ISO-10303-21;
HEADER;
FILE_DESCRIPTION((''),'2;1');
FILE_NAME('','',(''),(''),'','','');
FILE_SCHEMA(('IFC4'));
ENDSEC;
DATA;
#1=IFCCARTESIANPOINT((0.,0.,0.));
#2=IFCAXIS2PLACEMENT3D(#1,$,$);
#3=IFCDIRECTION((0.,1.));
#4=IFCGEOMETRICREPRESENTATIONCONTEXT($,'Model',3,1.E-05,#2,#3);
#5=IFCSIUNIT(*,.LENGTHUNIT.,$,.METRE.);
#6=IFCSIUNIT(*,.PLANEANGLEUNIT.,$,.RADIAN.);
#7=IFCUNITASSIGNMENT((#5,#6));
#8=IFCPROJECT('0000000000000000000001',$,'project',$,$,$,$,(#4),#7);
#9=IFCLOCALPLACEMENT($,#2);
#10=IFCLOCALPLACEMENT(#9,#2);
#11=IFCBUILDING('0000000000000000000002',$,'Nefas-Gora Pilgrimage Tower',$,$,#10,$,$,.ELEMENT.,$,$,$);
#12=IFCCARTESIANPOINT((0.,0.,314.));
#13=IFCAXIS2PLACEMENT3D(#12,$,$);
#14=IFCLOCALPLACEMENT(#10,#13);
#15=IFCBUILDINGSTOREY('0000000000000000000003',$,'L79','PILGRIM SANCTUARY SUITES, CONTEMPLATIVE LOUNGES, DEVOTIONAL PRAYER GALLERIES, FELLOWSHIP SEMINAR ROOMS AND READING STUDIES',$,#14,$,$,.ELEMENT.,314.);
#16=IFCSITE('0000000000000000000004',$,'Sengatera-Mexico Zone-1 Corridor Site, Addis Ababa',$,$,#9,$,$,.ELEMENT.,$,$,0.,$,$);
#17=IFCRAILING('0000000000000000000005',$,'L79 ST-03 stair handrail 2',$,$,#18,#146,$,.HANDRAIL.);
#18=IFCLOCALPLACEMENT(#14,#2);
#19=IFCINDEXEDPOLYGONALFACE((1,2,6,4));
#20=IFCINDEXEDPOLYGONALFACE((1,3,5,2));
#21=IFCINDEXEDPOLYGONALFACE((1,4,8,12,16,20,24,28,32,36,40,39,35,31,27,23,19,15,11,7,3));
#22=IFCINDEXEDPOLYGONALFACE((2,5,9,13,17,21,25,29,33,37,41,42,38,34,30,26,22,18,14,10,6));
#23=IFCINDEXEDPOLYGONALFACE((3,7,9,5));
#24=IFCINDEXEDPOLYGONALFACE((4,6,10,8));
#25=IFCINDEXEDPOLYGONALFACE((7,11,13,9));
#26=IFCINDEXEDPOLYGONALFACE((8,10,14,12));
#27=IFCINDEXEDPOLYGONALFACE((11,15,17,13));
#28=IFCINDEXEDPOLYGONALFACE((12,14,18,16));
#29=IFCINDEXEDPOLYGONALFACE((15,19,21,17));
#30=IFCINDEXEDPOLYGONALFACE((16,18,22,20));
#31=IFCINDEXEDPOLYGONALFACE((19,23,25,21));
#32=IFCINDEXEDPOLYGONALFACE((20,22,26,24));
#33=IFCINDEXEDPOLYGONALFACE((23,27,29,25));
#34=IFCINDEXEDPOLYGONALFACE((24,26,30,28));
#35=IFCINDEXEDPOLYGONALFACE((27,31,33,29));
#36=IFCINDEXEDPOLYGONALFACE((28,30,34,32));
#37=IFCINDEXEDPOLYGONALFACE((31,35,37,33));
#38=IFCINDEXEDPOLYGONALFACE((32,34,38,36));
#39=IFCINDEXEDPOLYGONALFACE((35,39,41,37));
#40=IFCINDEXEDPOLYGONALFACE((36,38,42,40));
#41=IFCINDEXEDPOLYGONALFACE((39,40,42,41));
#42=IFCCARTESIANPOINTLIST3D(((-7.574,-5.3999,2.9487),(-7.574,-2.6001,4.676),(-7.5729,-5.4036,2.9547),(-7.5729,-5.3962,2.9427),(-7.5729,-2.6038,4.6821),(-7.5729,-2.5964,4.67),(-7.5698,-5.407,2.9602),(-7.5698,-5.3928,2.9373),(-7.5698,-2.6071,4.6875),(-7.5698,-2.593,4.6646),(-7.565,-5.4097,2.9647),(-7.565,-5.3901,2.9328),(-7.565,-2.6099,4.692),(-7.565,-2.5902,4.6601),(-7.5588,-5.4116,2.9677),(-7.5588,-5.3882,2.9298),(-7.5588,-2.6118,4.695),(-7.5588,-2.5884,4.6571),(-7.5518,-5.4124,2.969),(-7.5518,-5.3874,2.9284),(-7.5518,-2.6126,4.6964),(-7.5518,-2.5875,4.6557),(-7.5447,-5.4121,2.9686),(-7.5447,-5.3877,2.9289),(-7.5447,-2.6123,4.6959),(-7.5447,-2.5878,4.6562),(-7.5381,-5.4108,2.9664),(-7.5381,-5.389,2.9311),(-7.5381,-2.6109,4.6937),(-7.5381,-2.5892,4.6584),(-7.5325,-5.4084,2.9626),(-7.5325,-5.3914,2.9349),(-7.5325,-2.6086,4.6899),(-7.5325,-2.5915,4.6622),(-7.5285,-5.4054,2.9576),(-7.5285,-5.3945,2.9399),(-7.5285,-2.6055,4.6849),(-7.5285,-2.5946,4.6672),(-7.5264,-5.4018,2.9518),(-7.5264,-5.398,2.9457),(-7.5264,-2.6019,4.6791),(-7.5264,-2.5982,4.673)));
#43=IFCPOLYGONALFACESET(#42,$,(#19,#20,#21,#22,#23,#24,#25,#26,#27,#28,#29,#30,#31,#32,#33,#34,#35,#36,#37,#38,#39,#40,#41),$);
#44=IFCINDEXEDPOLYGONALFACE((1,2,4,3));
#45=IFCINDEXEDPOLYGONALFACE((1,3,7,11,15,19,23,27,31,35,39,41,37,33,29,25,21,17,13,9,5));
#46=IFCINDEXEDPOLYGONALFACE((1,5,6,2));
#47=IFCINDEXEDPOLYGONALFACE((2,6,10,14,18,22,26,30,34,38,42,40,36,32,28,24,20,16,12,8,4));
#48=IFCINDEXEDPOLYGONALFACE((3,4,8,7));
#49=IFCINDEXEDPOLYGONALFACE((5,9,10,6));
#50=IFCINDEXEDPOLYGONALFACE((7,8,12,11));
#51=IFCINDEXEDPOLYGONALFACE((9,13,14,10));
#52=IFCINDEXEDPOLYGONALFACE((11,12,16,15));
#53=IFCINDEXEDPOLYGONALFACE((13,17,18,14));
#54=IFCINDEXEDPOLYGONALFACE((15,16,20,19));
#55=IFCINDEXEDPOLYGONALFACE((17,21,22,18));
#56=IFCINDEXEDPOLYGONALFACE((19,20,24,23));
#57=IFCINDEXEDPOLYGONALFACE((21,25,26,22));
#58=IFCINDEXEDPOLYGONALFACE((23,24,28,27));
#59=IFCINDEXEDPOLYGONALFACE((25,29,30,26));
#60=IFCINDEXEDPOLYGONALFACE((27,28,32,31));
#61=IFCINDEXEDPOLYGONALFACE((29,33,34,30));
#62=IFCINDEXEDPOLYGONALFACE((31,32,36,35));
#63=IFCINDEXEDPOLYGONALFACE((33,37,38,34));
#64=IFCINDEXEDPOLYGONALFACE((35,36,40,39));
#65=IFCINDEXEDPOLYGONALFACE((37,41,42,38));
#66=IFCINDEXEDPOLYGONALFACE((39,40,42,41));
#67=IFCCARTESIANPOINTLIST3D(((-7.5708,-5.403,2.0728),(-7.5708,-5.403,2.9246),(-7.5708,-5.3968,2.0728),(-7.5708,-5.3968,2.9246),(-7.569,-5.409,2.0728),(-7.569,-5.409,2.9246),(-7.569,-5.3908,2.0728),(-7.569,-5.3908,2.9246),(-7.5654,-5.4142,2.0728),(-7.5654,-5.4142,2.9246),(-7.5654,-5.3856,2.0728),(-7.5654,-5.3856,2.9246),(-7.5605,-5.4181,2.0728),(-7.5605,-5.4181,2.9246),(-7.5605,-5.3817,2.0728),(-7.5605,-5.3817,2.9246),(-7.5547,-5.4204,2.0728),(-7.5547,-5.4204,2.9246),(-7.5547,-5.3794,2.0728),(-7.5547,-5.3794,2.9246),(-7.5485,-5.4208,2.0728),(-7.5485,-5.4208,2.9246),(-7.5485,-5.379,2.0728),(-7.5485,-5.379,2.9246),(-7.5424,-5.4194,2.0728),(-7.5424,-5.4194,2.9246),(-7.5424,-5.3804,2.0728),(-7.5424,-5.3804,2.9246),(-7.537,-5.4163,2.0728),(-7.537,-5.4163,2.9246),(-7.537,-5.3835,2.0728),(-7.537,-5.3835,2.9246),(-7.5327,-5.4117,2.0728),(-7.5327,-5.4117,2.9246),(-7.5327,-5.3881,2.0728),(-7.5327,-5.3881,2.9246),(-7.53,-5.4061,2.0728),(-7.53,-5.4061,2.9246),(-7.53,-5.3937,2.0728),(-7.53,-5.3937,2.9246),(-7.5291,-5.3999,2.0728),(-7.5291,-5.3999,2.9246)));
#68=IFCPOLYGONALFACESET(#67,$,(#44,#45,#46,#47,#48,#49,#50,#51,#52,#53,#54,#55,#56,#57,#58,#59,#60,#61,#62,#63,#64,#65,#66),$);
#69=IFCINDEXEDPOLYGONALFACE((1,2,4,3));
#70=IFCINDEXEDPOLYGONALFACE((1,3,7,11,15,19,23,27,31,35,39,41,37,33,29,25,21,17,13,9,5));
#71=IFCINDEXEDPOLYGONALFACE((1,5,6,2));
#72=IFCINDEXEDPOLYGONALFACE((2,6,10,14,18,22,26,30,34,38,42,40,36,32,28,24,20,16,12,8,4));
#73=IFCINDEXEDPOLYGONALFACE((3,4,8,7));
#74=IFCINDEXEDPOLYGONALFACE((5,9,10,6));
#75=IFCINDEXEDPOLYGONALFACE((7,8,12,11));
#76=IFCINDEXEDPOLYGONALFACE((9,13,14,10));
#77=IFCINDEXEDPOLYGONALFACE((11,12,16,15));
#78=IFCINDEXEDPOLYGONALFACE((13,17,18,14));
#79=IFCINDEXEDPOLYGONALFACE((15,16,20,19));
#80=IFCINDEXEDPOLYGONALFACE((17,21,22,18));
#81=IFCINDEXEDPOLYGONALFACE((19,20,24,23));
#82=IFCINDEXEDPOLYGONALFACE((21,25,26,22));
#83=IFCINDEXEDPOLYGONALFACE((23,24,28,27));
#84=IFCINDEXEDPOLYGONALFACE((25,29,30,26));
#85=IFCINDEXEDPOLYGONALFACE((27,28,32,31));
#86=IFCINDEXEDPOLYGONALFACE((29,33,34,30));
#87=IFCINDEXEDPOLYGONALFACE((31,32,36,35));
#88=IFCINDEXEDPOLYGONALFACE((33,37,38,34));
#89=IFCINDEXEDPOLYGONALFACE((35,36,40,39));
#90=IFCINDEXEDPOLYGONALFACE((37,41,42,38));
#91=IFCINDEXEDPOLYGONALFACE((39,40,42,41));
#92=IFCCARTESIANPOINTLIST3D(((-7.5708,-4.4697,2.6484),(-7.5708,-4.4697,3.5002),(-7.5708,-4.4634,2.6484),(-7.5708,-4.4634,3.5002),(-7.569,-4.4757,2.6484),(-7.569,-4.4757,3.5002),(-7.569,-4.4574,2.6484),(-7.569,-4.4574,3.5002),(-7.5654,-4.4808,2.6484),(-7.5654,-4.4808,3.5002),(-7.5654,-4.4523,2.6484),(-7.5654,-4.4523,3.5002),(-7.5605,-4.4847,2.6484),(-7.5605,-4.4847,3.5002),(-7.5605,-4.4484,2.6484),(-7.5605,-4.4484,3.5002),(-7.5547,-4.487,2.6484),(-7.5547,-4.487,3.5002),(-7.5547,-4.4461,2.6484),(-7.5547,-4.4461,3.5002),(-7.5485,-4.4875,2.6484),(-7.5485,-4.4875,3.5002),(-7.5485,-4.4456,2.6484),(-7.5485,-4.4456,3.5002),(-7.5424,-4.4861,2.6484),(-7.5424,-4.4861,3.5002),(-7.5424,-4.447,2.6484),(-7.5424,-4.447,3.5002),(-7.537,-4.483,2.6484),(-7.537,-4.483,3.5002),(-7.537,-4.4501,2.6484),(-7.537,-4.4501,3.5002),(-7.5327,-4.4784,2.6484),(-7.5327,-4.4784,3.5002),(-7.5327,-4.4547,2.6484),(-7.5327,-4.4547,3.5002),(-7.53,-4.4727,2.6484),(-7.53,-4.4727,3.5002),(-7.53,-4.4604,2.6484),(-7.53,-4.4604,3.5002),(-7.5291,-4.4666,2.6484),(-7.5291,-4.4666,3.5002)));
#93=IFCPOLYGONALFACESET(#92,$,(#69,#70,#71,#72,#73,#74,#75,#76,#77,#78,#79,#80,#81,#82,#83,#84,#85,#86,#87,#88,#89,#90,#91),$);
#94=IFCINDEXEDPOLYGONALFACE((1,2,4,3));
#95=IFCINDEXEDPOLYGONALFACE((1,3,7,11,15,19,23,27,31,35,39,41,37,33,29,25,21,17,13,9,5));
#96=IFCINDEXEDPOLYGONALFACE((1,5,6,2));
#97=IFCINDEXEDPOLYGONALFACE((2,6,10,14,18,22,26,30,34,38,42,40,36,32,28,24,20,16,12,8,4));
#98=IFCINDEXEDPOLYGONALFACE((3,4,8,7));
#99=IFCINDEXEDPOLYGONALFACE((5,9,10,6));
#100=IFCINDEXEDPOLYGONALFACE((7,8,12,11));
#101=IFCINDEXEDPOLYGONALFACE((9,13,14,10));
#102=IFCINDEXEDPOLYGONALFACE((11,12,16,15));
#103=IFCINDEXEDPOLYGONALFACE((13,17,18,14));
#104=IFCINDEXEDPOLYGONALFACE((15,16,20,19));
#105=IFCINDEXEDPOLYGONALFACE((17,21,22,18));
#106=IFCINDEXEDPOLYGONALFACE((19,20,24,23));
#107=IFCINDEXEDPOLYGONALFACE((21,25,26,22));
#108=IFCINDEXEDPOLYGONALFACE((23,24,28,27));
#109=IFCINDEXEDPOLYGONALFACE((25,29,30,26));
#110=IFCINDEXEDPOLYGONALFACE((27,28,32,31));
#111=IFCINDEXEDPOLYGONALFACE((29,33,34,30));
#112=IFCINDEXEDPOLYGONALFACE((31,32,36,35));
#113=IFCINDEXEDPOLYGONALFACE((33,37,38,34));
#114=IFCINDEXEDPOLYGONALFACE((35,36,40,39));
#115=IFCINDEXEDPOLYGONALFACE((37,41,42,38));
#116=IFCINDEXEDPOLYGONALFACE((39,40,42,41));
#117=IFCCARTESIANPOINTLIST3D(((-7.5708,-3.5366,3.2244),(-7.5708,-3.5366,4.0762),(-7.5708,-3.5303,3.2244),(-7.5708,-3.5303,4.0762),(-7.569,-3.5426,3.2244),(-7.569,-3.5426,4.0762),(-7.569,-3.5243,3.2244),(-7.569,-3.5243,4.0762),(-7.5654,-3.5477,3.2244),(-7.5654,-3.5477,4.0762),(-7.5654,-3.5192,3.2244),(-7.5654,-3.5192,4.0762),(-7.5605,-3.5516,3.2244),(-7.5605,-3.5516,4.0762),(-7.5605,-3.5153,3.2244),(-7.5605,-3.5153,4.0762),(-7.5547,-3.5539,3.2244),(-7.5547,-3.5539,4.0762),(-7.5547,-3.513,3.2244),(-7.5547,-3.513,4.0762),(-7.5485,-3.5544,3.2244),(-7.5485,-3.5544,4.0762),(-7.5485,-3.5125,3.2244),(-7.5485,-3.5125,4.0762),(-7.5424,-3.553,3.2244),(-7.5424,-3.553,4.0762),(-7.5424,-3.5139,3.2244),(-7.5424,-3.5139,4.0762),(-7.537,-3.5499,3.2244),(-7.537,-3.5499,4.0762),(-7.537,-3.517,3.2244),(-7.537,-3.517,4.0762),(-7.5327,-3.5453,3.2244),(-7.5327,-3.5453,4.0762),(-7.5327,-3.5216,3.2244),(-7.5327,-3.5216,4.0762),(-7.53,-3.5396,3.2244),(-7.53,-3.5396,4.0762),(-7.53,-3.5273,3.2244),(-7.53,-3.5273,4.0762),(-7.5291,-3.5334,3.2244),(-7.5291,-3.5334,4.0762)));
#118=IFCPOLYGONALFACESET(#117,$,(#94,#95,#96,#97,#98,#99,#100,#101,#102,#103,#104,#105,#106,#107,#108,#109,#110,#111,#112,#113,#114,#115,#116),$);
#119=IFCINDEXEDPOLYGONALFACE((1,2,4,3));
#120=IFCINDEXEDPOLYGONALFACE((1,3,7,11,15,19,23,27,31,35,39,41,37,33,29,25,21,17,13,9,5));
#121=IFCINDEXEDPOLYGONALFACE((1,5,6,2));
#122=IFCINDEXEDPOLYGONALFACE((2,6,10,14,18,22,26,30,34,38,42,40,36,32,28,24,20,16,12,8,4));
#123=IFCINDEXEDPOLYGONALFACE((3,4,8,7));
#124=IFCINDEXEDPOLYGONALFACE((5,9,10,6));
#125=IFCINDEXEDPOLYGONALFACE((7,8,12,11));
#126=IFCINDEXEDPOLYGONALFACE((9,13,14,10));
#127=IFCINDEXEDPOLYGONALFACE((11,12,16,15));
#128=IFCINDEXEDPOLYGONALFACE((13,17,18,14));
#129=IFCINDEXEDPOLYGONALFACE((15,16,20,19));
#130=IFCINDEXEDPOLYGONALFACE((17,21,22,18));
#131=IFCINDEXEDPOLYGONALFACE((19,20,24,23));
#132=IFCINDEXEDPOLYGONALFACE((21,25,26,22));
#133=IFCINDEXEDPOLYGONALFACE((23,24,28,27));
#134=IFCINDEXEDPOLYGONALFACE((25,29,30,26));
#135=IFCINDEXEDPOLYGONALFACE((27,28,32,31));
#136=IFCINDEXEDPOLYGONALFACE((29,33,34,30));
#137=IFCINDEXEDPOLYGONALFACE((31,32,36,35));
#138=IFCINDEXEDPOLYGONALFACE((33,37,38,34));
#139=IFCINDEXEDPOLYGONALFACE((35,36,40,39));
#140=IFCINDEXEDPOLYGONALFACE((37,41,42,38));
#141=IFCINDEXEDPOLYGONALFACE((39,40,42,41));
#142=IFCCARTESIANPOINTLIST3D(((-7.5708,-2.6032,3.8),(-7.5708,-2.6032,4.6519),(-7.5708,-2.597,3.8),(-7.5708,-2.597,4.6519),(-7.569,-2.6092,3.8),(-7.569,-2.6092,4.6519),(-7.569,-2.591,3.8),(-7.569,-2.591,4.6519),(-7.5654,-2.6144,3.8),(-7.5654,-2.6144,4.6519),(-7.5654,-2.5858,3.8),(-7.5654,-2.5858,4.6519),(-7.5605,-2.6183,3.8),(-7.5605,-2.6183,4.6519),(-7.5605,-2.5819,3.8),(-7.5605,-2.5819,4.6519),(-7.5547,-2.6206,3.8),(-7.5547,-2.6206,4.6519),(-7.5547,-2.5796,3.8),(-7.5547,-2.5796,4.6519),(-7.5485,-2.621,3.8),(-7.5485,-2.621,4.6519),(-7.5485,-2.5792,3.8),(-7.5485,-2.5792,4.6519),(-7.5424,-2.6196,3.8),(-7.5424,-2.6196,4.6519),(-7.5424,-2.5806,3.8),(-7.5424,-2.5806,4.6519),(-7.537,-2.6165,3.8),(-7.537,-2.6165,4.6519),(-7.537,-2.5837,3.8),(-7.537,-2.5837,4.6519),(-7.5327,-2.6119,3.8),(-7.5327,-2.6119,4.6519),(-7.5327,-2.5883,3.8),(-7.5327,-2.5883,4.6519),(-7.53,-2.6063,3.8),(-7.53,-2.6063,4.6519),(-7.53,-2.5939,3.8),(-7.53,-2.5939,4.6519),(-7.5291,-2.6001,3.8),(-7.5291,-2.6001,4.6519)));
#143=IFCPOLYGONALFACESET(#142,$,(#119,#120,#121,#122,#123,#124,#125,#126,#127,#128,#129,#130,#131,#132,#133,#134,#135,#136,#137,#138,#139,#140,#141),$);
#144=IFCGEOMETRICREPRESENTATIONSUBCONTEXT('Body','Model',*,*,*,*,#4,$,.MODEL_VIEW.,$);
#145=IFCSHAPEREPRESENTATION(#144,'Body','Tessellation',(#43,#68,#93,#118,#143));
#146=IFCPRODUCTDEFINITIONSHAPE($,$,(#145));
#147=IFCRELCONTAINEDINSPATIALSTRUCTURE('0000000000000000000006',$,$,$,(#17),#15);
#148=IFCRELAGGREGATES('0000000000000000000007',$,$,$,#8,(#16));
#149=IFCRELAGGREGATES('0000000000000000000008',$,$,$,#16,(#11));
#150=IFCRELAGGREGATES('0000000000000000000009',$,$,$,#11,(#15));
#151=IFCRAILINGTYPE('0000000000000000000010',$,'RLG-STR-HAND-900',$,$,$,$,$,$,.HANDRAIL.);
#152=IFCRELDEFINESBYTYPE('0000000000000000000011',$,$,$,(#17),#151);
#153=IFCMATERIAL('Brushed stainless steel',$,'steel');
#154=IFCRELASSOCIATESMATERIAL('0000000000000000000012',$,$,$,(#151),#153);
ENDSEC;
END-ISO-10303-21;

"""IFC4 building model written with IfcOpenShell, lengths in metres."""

from ifc_helpers import new_model, si_unit, direction, frame, origin, origin_2d, place, context, subcontext, project, spatial, circle, extrude, material, type_object, element, save


model = new_model("IFC4")

# Units and contexts
model_context = context("Model", 3, precision=1e-05, world=origin(), true_north=direction((0.0, 1.0)))
body_context = subcontext(model_context, "Body", "Model", "MODEL_VIEW")
ifc_project = project(units=[si_unit("LENGTHUNIT", "METRE"), si_unit("PLANEANGLEUNIT", "RADIAN")], contexts=[model_context])

# Site, building, storey
site_placement = place(None, origin())
site = spatial("IfcSite", under=ifc_project, at=site_placement, Name="Sengatera-Mexico Zone-1 Corridor Site, Addis Ababa", CompositionType="ELEMENT", RefElevation=0.0)
building_placement = place(site_placement, origin())
building = spatial("IfcBuilding", under=site, at=building_placement, Name="Nefas-Gora Pilgrimage Tower", CompositionType="ELEMENT")
storey_placement = place(building_placement, frame((0.0, 0.0, 314.0)))
storey = spatial("IfcBuildingStorey", under=building, at=storey_placement, Name="L79", Description="PILGRIM SANCTUARY SUITES, CONTEMPLATIVE LOUNGES, DEVOTIONAL PRAYER GALLERIES, FELLOWSHIP SEMINAR ROOMS AND READING STUDIES", CompositionType="ELEMENT", Elevation=314.0)

# Railing
ifc_material_1 = material(Name="Brushed stainless steel", Category="steel")
railing_type_1 = type_object("IfcRailingType", Name="RLG-STR-HAND-900", PredefinedType="HANDRAIL", material=ifc_material_1)
railing_1_placement = place(storey_placement, frame((-7.55, -5.3999, 2.0728)))
element("IfcRailing", 1, at=railing_1_placement, inside=storey, type_object=railing_type_1, Name="L79 ST-03 stair handrail 2", PredefinedType="HANDRAIL", context=body_context, shape_type="SweptSolid", body=[
    extrude(circle(Radius=0.0239, at=origin_2d()), frame((0.0, 0.0, 0.876), z_axis=(0.0, 0.851069, 0.525054), x_axis=(-1.0, 0.0, 0.0)), (0.0, 0.0, 1.0), 3.2898),
    extrude(circle(Radius=0.021, at=origin_2d()), origin(), (0.0, 0.0, 1.0), 0.8518),
    extrude(circle(Radius=0.021, at=origin_2d()), frame((0.0, 0.9333, 0.5757)), (0.0, 0.0, 1.0), 0.8518),
    extrude(circle(Radius=0.021, at=origin_2d()), frame((0.0, 1.8665, 1.1516)), (0.0, 0.0, 1.0), 0.8518),
    extrude(circle(Radius=0.021, at=origin_2d()), frame((0.0, 2.7998, 1.7273)), (0.0, 0.0, 1.0), 0.8518),
])

save(model, "model.ifc")
